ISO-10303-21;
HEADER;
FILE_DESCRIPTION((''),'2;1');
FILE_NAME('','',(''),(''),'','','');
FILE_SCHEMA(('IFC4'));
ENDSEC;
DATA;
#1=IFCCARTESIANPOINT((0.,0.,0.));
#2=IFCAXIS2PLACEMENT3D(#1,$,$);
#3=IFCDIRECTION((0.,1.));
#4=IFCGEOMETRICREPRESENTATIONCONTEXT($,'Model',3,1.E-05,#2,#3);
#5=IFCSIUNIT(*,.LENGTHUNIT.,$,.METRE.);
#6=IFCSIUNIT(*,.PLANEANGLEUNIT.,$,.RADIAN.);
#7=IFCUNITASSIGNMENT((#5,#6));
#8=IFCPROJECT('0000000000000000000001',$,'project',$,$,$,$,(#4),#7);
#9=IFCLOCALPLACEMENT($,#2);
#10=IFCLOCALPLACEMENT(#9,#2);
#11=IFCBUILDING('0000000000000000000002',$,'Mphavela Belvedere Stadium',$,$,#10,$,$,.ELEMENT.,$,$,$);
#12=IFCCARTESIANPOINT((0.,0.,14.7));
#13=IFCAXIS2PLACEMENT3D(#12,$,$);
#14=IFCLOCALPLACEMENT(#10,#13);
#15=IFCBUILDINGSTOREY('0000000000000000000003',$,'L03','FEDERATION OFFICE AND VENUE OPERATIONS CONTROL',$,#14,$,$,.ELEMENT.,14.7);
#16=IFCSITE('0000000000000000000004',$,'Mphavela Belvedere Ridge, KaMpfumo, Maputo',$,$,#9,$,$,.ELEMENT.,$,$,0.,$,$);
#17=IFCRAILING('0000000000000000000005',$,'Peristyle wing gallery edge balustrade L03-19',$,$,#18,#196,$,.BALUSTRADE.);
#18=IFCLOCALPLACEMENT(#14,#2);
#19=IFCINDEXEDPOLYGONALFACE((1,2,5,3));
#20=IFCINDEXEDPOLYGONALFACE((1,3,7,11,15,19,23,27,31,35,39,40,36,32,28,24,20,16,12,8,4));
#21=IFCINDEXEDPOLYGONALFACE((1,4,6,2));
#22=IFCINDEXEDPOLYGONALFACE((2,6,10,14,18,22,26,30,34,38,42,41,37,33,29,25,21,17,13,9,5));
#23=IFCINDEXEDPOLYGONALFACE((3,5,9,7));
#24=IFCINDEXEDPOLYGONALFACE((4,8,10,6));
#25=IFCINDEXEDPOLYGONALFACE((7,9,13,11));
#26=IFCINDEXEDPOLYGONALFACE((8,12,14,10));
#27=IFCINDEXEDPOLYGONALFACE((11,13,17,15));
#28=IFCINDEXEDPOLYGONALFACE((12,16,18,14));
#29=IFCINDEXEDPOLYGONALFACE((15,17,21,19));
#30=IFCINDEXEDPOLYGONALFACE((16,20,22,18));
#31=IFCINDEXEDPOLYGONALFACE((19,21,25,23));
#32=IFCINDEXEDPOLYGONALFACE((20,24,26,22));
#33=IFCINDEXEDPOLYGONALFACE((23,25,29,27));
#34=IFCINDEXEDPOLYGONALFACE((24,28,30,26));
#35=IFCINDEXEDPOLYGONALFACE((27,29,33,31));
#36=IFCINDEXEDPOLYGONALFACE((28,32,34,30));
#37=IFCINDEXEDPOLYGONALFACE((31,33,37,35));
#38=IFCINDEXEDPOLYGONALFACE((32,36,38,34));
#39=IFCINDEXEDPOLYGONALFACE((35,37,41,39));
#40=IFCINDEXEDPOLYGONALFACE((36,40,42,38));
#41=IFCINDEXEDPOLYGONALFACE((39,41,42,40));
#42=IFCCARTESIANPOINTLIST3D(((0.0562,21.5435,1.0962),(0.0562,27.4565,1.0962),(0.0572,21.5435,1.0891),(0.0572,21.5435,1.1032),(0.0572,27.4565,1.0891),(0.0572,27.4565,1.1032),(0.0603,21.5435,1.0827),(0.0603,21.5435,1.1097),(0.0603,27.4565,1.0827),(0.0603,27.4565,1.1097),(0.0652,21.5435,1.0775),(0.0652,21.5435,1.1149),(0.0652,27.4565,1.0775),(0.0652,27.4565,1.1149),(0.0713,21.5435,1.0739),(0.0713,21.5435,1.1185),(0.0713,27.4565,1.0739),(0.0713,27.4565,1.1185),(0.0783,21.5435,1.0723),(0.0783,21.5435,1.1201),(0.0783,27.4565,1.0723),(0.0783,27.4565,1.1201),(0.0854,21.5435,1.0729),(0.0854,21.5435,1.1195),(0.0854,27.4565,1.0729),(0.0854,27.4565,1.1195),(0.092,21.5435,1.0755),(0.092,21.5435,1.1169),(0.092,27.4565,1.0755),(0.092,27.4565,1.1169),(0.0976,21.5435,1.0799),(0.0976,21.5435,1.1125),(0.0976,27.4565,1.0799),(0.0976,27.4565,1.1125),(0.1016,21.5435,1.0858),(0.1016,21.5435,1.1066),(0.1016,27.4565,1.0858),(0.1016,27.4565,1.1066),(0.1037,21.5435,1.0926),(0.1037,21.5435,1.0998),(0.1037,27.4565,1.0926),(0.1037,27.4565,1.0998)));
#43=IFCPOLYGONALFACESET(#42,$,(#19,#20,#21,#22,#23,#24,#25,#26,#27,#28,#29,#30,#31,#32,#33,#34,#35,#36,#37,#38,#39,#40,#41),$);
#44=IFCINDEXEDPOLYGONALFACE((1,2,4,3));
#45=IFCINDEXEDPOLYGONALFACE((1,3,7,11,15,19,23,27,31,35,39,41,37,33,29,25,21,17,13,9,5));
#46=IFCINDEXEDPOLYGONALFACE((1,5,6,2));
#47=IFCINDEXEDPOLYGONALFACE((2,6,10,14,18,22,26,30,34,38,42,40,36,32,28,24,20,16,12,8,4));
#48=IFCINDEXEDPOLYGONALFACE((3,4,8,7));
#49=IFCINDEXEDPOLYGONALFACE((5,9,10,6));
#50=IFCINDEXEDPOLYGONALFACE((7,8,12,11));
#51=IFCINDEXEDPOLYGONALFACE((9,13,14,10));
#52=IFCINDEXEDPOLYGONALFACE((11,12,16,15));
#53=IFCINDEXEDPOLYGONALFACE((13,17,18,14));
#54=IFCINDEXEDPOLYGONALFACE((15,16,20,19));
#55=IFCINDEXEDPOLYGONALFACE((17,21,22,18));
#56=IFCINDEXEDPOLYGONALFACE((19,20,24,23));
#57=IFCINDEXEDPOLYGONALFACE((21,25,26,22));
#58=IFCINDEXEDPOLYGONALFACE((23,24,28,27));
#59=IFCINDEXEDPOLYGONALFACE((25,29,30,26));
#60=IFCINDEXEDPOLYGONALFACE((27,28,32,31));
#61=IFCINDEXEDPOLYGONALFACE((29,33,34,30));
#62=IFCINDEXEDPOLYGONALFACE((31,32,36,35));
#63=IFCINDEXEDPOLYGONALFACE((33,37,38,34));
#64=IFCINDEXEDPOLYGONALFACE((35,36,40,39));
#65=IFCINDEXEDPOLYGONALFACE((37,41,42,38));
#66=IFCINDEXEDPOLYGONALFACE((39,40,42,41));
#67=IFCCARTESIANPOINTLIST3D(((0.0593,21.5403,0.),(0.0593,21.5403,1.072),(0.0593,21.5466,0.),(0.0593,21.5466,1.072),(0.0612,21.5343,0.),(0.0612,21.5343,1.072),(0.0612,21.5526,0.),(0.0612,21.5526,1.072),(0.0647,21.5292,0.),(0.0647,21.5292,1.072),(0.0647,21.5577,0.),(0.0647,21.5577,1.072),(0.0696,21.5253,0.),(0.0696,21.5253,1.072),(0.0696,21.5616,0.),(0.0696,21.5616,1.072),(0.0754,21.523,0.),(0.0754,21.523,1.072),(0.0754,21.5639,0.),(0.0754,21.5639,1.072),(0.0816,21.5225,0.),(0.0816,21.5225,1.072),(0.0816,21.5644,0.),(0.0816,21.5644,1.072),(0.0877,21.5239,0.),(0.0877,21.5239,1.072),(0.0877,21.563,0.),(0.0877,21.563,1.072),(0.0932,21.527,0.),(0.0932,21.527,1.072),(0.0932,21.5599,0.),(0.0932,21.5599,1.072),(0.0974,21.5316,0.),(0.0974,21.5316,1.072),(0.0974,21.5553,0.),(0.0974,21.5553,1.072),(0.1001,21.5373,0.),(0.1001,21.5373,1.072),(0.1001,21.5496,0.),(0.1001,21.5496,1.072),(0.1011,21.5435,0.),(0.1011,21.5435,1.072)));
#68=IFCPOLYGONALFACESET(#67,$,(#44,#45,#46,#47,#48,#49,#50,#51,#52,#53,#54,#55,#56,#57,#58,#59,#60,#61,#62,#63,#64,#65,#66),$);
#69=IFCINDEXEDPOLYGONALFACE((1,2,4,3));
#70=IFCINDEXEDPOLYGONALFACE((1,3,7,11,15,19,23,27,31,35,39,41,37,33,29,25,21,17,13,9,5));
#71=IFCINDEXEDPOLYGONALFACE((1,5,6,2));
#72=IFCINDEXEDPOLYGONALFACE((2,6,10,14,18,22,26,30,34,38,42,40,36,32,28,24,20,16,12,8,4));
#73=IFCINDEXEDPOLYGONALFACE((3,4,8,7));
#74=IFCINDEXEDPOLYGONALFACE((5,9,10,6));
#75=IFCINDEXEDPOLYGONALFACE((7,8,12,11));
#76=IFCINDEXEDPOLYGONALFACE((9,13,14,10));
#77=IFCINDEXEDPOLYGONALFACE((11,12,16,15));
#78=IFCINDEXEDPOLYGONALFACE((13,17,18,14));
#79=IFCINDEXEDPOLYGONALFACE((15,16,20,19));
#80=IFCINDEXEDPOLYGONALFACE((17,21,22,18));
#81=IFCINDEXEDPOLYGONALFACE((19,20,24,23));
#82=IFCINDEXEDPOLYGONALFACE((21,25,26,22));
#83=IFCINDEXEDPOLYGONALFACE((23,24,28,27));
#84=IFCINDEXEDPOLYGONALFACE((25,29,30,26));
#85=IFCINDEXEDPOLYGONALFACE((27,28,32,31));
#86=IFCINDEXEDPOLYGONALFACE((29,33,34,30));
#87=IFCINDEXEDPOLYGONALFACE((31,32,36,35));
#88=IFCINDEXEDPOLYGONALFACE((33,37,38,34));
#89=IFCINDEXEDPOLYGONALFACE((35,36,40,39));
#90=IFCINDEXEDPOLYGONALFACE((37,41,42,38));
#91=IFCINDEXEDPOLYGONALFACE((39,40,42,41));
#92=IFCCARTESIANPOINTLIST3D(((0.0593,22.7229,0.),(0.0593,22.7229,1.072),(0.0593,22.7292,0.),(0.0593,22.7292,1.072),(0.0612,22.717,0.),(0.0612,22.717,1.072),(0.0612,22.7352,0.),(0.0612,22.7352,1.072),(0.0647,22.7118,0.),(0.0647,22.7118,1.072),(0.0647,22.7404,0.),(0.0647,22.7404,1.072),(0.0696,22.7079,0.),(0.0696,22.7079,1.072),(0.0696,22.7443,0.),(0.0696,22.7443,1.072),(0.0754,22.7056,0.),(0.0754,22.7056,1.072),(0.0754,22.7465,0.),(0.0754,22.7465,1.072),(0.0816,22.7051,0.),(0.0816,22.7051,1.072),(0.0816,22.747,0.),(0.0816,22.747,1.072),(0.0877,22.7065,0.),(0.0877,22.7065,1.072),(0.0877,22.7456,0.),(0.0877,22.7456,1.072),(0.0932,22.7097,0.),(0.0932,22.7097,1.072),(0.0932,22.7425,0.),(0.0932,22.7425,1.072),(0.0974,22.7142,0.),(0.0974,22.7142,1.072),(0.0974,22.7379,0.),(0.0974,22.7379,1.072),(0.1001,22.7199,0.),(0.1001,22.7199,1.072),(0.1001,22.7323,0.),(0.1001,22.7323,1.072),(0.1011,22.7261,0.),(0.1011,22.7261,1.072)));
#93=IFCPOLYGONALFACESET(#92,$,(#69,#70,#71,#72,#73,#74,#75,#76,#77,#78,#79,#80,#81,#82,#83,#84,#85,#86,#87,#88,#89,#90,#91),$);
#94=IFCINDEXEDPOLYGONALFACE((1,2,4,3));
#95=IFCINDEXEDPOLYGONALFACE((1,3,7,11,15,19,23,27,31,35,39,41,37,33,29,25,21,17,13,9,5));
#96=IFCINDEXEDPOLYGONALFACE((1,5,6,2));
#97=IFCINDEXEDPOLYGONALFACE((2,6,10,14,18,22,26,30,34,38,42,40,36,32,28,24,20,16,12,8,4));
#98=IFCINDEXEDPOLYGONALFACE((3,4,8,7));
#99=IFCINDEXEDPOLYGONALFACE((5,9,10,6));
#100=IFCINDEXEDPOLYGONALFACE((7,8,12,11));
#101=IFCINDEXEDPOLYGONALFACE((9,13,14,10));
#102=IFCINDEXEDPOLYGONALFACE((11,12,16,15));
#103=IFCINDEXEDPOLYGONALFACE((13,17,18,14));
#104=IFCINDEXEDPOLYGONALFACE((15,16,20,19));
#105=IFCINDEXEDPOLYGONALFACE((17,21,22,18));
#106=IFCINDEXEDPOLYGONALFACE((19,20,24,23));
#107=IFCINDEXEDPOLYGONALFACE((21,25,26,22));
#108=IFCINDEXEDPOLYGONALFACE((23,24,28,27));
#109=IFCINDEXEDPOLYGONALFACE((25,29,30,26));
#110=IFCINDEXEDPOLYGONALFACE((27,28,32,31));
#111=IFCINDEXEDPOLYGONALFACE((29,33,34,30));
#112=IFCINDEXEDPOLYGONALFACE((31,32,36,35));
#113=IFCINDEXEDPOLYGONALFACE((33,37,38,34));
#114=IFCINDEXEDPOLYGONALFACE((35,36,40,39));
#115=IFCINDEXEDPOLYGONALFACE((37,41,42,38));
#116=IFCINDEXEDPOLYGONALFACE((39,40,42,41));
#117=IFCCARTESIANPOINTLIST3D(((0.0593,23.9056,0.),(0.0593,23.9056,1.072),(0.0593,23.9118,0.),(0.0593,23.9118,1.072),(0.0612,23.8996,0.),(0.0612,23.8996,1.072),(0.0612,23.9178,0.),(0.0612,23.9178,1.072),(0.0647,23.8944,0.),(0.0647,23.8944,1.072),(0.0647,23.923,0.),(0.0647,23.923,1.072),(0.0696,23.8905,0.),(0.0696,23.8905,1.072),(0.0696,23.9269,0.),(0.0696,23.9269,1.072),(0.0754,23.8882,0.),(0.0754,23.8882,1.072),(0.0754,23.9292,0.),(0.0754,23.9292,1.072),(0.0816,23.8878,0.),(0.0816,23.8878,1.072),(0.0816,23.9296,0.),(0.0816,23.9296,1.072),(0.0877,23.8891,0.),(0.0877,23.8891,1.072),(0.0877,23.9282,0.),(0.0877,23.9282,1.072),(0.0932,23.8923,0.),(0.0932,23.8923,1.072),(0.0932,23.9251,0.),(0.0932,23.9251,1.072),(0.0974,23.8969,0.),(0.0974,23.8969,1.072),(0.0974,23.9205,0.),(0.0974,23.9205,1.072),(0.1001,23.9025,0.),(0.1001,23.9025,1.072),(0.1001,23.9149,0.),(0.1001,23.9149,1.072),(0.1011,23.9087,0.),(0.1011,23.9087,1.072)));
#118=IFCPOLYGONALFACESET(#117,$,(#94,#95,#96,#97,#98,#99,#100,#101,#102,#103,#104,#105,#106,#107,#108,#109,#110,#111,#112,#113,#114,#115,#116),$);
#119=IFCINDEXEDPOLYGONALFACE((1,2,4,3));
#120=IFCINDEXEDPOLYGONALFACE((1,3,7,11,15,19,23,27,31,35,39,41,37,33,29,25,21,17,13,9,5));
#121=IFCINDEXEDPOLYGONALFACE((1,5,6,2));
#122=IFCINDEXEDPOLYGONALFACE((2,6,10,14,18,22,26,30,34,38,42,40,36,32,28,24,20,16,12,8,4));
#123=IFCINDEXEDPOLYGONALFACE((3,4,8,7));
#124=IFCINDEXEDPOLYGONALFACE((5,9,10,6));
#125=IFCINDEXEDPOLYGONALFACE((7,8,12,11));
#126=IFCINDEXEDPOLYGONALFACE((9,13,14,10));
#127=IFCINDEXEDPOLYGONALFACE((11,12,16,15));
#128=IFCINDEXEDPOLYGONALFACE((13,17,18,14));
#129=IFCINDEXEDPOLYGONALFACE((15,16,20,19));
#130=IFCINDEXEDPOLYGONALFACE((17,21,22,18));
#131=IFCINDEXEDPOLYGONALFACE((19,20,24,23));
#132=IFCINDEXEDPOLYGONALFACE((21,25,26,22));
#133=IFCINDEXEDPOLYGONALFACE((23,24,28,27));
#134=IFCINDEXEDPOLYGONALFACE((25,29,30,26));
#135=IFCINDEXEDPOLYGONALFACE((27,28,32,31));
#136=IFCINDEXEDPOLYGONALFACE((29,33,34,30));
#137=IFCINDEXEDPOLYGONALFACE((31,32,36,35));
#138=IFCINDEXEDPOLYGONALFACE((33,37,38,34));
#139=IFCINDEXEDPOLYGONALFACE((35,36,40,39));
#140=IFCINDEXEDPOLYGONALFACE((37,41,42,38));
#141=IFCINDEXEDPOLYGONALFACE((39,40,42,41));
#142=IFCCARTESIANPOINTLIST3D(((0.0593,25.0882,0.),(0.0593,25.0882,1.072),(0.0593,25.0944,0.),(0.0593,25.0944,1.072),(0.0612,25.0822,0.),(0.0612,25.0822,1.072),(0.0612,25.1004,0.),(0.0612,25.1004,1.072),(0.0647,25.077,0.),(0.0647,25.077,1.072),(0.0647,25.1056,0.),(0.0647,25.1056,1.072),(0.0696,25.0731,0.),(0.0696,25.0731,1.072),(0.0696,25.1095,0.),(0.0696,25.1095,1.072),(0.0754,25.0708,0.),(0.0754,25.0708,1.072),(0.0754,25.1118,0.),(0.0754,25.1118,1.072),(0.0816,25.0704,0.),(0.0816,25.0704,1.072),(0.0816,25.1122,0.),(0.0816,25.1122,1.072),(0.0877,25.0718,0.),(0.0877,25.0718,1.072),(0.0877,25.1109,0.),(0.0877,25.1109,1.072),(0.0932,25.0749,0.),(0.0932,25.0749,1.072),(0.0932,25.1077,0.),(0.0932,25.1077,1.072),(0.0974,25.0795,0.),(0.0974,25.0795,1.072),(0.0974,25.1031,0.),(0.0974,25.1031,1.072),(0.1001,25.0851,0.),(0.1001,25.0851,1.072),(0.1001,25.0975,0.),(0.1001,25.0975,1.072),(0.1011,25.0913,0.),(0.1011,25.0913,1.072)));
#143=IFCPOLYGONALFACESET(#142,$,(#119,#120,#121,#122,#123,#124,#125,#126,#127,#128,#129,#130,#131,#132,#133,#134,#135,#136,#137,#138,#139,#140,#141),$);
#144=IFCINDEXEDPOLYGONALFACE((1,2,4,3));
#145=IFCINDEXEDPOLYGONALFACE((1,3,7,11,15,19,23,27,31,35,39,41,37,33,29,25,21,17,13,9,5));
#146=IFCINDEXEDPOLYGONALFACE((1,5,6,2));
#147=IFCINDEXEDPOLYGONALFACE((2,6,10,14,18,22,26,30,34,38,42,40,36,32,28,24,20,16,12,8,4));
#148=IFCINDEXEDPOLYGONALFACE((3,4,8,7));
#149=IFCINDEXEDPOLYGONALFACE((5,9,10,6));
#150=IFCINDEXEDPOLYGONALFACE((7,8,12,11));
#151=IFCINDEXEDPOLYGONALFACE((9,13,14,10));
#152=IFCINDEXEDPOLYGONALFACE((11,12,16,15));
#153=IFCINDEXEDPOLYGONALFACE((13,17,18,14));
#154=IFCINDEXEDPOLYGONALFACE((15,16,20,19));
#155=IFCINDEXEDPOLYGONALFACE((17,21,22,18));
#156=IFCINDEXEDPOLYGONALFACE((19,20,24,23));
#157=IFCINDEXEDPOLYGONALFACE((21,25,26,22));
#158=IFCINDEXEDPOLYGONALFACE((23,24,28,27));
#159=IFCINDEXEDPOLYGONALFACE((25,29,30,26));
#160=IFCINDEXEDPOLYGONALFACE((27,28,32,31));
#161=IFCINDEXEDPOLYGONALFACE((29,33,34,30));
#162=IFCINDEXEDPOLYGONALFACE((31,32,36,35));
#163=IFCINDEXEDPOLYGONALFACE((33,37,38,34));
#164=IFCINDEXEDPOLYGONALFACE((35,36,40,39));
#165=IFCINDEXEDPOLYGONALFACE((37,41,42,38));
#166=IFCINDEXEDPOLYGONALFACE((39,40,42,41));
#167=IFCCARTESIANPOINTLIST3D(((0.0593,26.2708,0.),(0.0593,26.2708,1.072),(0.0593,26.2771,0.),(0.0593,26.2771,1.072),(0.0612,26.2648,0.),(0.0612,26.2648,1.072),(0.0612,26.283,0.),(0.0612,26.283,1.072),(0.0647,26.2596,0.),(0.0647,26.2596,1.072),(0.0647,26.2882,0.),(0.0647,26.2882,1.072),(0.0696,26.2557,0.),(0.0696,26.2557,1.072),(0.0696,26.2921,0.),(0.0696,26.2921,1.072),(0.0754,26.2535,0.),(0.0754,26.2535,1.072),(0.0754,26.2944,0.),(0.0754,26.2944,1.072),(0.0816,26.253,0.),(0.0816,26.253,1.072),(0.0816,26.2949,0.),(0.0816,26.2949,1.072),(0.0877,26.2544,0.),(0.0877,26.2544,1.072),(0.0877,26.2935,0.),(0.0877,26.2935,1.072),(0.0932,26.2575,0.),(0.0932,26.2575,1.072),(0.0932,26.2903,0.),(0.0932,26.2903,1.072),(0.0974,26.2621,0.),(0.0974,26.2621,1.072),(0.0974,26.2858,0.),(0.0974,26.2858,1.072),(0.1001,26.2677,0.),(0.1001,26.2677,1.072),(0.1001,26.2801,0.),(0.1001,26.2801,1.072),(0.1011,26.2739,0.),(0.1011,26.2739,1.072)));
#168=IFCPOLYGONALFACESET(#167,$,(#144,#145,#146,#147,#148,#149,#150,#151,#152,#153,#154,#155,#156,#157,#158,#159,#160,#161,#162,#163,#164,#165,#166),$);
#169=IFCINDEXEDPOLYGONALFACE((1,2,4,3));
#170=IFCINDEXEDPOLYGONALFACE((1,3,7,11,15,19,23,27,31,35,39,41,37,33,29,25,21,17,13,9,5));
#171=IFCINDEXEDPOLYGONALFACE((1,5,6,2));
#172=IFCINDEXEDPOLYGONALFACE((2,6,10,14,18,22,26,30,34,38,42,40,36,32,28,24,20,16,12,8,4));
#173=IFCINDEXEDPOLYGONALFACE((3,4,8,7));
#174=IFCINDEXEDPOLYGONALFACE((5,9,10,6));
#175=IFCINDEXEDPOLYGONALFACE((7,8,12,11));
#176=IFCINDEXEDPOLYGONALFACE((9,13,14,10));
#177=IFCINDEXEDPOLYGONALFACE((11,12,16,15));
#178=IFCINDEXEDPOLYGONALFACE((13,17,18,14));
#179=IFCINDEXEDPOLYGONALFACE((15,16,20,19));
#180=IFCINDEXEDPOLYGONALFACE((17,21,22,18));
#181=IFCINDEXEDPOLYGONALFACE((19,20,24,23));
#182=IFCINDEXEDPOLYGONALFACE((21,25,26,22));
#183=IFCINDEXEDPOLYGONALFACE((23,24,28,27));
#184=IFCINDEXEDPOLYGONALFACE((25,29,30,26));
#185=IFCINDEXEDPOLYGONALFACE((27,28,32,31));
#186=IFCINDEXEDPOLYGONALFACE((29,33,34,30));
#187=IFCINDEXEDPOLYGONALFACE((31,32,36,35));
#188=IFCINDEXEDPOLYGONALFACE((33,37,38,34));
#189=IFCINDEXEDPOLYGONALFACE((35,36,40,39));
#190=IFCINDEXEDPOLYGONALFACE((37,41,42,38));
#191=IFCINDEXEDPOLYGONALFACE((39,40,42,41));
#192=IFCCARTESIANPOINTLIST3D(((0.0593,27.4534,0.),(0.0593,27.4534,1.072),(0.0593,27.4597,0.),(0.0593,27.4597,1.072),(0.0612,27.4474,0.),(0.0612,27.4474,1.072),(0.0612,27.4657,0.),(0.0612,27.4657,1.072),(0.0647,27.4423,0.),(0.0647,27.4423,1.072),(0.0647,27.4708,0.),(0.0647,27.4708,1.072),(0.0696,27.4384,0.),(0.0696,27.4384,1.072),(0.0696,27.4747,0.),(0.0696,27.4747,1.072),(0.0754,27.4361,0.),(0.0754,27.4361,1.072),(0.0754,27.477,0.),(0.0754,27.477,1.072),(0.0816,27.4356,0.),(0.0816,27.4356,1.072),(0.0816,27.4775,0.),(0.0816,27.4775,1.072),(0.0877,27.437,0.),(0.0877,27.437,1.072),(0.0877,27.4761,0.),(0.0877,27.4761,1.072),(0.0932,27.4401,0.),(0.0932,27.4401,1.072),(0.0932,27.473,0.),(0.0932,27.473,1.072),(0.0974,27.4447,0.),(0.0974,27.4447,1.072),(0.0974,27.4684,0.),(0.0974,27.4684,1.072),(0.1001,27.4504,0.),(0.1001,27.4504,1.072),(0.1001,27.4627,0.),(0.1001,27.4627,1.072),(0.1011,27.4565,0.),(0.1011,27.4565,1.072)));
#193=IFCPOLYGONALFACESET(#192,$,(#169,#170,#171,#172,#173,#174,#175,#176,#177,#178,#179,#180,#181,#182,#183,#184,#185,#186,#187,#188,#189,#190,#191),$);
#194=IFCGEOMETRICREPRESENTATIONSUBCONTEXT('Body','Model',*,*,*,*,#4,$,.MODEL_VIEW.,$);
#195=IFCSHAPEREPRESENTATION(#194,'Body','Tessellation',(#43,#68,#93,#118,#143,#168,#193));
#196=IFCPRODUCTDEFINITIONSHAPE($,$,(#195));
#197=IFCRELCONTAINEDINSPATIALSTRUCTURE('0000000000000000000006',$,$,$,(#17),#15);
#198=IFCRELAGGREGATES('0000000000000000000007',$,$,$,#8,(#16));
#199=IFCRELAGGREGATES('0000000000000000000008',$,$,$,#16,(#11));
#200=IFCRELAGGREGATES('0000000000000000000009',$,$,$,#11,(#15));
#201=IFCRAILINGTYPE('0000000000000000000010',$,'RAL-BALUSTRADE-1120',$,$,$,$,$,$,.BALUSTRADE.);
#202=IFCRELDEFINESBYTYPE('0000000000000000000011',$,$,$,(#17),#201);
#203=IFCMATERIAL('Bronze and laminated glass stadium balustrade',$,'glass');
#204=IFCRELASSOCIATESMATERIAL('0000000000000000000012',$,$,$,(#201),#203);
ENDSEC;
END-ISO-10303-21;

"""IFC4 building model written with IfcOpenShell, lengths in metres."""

from ifc_helpers import new_model, si_unit, direction, frame, origin, origin_2d, place, context, subcontext, project, spatial, circle, extrude, material, type_object, element, save


model = new_model("IFC4")

# Units and contexts
model_context = context("Model", 3, precision=1e-05, world=origin(), true_north=direction((0.0, 1.0)))
body_context = subcontext(model_context, "Body", "Model", "MODEL_VIEW")
ifc_project = project(units=[si_unit("LENGTHUNIT", "METRE"), si_unit("PLANEANGLEUNIT", "RADIAN")], contexts=[model_context])

# Site, building, storey
site_placement = place(None, origin())
site = spatial("IfcSite", under=ifc_project, at=site_placement, Name="Mphavela Belvedere Ridge, KaMpfumo, Maputo", CompositionType="ELEMENT", RefElevation=0.0)
building_placement = place(site_placement, origin())
building = spatial("IfcBuilding", under=site, at=building_placement, Name="Mphavela Belvedere Stadium", CompositionType="ELEMENT")
storey_placement = place(building_placement, frame((0.0, 0.0, 14.7)))
storey = spatial("IfcBuildingStorey", under=building, at=storey_placement, Name="L03", Description="FEDERATION OFFICE AND VENUE OPERATIONS CONTROL", CompositionType="ELEMENT", Elevation=14.7)

# Railing
ifc_material_1 = material(Name="Bronze and laminated glass stadium balustrade", Category="glass")
railing_type = type_object("IfcRailingType", Name="RAL-BALUSTRADE-1120", PredefinedType="BALUSTRADE", material=ifc_material_1)
for number, where, name in (
    (1, (0.0801, 21.5435, 0.0), "Peristyle wing gallery edge balustrade L03-19"),
):
    element("IfcRailing", number, at=place(storey_placement, frame(where)), inside=storey, type_object=railing_type, Name=name, PredefinedType="BALUSTRADE", context=body_context, shape_type="SweptSolid", body=[
        extrude(circle(Radius=0.0239, at=origin_2d()), frame((0.0, 0.0, 1.0962), z_axis=(0.0, 1.0, 0.0), x_axis=(-1.0, 0.0, 0.0)), (0.0, 0.0, 1.0), 5.9131),
        extrude(circle(Radius=0.021, at=origin_2d()), origin(), (0.0, 0.0, 1.0), 1.072),
        extrude(circle(Radius=0.021, at=origin_2d()), frame((0.0, 1.1826, 0.0)), (0.0, 0.0, 1.0), 1.072),
        extrude(circle(Radius=0.021, at=origin_2d()), frame((0.0, 2.3652, 0.0)), (0.0, 0.0, 1.0), 1.072),
        extrude(circle(Radius=0.021, at=origin_2d()), frame((0.0, 3.5479, 0.0)), (0.0, 0.0, 1.0), 1.072),
        extrude(circle(Radius=0.021, at=origin_2d()), frame((0.0, 4.7305, 0.0)), (0.0, 0.0, 1.0), 1.072),
        extrude(circle(Radius=0.021, at=origin_2d()), frame((0.0, 5.9131, 0.0)), (0.0, 0.0, 1.0), 1.072),
    ])

save(model, "model.ifc")
